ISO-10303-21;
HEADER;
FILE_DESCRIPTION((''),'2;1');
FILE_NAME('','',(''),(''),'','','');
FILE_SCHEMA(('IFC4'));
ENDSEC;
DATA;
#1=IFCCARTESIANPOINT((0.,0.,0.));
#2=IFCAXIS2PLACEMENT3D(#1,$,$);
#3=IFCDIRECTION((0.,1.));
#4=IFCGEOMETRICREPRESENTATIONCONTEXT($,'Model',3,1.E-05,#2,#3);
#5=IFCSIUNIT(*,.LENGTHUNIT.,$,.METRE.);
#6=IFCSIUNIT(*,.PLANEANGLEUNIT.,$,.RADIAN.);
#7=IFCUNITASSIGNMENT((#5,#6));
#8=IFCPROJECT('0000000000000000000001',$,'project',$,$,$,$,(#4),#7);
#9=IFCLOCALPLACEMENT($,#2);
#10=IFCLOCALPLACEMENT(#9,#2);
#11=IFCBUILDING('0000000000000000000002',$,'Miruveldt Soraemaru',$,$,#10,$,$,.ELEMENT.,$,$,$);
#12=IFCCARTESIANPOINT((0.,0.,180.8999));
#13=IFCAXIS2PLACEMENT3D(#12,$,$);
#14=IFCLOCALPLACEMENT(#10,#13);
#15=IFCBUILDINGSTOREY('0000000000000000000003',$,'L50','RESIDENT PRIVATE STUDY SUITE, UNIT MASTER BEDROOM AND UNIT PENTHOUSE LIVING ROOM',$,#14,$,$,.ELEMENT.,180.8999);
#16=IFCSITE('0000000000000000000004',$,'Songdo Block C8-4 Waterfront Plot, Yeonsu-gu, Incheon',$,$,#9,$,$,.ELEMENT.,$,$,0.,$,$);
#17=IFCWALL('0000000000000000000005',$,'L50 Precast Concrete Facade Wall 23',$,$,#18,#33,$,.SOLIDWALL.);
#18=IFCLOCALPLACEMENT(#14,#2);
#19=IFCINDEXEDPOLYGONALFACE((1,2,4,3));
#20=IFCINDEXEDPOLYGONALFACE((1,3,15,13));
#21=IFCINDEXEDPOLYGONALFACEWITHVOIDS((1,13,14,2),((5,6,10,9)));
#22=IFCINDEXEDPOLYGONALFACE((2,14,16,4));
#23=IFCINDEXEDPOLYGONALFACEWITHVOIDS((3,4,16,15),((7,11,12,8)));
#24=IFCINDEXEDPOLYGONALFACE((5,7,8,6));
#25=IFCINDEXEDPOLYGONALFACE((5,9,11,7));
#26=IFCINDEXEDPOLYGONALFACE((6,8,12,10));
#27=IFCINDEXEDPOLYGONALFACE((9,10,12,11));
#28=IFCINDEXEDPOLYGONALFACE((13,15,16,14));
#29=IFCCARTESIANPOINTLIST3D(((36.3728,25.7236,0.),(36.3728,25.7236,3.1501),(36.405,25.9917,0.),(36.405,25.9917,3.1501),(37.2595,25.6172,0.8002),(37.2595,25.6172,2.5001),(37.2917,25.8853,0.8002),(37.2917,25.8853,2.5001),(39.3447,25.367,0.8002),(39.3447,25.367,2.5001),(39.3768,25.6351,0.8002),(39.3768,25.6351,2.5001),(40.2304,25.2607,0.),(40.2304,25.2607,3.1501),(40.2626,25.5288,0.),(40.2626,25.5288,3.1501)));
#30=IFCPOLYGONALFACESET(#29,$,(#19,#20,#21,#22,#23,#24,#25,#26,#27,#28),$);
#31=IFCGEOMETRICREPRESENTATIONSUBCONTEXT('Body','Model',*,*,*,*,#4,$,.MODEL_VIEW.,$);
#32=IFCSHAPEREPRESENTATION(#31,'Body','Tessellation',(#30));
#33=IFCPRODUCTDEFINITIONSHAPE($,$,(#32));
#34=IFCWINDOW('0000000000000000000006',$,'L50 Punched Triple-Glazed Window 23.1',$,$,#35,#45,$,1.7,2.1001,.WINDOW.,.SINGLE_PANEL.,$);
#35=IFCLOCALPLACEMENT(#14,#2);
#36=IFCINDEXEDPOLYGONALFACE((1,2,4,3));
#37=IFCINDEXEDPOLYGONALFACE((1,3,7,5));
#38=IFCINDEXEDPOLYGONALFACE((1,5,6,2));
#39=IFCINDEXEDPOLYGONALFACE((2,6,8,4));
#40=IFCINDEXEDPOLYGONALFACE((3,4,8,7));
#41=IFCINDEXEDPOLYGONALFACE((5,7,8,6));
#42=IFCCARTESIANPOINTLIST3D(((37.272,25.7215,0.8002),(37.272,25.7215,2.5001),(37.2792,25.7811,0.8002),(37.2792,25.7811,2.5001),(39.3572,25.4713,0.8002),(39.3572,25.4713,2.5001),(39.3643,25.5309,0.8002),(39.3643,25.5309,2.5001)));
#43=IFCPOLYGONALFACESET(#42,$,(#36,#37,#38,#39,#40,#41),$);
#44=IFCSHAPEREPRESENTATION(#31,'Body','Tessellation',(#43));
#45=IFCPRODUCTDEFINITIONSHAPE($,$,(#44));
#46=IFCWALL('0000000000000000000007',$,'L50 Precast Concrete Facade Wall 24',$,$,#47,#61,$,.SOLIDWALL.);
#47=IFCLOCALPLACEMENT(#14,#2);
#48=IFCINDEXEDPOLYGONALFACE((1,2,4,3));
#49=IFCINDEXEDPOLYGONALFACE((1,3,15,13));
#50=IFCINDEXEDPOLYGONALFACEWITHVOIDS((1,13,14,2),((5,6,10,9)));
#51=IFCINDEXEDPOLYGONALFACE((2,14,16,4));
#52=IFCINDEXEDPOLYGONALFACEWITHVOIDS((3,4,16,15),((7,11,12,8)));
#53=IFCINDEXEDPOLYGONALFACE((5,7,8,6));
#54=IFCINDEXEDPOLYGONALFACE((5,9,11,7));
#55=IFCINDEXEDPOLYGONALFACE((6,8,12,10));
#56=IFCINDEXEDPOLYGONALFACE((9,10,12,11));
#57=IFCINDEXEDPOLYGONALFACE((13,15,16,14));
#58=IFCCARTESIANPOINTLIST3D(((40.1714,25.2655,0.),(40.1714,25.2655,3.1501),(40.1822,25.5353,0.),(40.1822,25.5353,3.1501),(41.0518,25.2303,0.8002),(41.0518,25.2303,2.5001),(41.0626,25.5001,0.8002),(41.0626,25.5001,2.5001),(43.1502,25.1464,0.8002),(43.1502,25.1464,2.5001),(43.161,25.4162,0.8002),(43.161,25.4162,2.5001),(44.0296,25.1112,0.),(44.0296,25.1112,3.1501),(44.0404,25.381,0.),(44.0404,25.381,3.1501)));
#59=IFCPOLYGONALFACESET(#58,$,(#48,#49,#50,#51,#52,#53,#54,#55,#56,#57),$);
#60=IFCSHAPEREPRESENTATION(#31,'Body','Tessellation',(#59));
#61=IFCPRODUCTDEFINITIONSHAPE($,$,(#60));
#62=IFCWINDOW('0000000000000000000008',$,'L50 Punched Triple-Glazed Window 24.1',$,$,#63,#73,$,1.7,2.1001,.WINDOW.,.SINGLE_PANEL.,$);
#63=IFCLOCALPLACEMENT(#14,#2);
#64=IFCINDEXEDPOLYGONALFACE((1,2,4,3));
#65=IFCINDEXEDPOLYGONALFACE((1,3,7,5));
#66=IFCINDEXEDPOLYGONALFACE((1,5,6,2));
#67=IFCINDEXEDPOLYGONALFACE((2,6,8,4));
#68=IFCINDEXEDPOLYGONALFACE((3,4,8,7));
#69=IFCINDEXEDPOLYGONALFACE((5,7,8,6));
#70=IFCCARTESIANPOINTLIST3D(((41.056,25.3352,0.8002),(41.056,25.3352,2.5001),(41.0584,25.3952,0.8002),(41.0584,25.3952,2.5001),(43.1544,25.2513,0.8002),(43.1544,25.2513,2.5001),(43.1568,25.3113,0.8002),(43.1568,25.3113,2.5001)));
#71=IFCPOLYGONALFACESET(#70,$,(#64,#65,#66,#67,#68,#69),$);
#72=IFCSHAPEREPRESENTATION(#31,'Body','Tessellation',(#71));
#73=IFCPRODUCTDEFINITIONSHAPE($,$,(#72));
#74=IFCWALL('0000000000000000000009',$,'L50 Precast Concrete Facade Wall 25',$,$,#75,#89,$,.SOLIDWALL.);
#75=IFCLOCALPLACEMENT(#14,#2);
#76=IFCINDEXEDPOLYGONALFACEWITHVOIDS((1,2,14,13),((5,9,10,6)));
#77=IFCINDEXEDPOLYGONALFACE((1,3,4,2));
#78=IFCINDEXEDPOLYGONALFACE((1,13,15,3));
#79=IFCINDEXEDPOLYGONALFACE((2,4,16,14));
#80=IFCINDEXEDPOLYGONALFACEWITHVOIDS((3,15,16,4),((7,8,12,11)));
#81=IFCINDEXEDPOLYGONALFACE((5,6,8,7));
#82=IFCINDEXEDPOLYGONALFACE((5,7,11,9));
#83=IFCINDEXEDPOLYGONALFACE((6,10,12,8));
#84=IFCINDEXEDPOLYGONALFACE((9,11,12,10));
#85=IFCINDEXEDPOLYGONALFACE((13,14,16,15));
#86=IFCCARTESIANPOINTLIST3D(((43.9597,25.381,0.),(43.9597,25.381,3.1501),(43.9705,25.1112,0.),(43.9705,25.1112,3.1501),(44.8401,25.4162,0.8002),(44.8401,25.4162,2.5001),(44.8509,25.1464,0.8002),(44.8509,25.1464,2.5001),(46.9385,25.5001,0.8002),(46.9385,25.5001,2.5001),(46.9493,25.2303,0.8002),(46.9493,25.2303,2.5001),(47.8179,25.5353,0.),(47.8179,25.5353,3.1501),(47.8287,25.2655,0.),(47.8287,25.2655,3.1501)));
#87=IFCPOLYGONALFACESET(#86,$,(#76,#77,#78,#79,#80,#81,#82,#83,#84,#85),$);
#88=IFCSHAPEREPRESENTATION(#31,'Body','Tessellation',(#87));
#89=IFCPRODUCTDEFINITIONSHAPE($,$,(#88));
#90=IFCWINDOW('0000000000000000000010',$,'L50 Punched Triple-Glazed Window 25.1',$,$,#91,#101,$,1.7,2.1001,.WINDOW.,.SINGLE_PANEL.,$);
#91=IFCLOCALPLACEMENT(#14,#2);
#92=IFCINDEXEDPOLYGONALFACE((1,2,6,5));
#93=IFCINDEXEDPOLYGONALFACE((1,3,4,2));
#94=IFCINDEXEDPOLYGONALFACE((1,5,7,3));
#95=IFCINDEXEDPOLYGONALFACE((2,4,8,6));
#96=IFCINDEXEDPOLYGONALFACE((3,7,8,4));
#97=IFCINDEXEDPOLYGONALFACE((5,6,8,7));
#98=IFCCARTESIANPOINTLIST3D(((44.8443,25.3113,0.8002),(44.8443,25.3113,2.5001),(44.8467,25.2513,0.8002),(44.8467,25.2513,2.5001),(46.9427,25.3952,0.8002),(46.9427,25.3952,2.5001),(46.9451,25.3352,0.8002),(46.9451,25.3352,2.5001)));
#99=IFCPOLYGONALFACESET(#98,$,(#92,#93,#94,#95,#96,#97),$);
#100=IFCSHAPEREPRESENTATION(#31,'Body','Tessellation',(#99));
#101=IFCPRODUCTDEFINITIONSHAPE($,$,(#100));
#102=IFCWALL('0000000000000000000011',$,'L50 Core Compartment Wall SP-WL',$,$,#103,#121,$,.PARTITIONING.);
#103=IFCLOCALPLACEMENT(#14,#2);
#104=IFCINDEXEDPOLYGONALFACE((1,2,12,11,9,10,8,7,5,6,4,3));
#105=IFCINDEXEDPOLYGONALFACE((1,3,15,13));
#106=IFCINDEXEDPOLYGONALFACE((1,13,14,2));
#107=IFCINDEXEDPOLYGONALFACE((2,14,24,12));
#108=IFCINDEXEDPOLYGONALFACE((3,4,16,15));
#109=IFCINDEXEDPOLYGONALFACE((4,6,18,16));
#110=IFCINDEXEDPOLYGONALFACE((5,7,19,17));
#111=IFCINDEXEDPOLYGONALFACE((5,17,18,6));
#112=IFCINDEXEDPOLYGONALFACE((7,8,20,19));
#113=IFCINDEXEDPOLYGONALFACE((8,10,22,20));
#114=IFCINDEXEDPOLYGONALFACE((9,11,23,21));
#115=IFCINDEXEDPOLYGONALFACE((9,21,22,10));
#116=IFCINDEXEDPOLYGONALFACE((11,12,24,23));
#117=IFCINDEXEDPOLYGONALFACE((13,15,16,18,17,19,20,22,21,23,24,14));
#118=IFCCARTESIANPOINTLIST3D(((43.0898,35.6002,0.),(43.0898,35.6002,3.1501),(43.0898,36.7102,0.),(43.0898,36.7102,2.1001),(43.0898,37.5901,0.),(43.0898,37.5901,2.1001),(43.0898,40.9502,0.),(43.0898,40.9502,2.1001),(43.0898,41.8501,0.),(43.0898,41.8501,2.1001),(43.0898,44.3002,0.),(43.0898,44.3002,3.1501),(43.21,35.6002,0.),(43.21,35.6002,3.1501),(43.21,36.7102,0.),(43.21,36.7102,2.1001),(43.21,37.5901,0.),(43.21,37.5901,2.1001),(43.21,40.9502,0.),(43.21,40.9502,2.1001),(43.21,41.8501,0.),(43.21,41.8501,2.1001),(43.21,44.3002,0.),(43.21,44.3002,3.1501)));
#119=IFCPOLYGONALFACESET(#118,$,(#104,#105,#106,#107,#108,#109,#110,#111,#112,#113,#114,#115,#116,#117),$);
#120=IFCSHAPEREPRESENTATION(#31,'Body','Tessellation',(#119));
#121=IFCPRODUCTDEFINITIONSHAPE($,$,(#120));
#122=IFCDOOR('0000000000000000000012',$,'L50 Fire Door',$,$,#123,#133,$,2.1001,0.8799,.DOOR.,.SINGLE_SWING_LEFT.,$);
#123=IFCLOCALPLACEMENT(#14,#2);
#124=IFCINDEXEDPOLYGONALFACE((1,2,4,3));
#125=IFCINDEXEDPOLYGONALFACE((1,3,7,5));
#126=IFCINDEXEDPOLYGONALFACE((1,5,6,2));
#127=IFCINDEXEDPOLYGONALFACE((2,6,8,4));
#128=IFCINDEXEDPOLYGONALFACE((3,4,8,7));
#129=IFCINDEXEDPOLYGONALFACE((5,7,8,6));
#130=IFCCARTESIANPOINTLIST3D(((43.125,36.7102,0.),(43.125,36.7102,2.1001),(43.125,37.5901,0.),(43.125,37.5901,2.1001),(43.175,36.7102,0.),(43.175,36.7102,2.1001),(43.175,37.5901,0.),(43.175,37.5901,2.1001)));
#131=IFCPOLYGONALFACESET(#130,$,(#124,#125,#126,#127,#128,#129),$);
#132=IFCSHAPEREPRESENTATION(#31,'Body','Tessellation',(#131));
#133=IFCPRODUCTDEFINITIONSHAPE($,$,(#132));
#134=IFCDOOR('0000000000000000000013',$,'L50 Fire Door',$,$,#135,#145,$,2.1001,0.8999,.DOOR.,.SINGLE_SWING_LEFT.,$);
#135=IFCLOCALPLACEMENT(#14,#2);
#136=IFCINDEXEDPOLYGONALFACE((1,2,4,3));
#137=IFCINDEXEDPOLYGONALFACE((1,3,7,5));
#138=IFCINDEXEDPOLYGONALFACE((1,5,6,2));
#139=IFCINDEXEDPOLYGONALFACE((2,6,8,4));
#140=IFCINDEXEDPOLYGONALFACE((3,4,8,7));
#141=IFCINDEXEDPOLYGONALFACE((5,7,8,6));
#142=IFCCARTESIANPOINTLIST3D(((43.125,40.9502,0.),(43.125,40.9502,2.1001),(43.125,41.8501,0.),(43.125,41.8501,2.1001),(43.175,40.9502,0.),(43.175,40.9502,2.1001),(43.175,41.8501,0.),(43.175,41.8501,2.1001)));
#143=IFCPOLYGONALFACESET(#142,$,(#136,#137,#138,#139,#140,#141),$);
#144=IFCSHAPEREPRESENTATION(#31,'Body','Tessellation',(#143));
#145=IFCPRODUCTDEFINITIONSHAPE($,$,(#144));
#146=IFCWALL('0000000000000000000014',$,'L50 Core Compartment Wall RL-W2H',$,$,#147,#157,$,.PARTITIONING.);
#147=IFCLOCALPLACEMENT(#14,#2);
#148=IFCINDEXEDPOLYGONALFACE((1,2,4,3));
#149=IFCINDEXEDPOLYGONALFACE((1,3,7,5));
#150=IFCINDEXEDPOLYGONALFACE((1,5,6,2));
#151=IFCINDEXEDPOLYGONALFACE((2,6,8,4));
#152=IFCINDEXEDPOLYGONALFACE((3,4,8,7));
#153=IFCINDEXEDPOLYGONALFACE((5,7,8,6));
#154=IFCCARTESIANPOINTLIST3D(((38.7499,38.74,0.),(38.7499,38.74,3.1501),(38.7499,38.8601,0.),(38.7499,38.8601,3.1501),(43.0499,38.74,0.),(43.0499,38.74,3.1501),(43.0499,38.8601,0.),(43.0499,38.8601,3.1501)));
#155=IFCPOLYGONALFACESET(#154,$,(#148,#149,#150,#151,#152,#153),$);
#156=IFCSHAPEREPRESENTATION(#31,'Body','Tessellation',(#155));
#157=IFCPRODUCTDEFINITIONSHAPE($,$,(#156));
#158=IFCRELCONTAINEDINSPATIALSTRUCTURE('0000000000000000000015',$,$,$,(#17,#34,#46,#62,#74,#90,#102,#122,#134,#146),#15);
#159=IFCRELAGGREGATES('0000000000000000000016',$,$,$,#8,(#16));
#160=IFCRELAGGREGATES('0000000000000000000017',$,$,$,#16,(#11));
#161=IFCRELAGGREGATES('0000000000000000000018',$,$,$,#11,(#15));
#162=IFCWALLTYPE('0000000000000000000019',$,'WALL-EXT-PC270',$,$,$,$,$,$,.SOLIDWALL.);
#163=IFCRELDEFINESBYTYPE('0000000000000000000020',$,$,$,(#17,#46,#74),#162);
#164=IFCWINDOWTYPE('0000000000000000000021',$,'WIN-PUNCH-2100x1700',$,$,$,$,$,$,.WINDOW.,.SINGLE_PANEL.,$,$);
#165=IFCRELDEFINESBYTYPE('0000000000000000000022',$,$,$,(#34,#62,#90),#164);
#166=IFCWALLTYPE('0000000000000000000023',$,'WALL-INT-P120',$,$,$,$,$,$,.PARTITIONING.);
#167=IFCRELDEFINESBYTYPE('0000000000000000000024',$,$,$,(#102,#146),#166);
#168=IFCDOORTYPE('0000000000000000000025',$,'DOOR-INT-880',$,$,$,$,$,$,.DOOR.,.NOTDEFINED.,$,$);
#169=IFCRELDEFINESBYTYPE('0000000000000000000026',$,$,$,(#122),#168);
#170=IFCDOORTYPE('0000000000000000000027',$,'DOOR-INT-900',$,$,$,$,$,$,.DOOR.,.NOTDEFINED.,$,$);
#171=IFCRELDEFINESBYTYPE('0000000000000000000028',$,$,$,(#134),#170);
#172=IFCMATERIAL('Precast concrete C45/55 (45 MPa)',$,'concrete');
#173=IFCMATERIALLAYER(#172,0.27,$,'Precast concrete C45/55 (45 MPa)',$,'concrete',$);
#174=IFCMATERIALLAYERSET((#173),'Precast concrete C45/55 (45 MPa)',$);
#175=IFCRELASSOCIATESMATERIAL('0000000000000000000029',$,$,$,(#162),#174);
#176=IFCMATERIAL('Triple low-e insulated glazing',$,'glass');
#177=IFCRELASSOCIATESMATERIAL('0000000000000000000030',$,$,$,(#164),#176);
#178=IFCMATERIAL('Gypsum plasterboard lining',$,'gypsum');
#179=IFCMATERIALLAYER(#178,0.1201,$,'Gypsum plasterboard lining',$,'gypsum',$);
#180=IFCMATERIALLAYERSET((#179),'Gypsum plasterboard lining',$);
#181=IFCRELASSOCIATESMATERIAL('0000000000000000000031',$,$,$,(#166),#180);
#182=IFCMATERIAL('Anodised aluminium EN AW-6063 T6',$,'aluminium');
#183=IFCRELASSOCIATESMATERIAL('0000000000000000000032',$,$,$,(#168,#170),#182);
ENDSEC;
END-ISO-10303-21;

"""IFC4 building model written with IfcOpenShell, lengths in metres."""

from ifc_helpers import new_model, si_unit, direction, frame, frame_2d, origin, place, context, subcontext, project, spatial, rectangle, extrude, material, layer, layer_set, type_object, element, fill, save


model = new_model("IFC4")

# Units and contexts
model_context = context("Model", 3, precision=1e-05, world=origin(), true_north=direction((0.0, 1.0)))
body_context = subcontext(model_context, "Body", "Model", "MODEL_VIEW")
ifc_project = project(units=[si_unit("LENGTHUNIT", "METRE"), si_unit("PLANEANGLEUNIT", "RADIAN")], contexts=[model_context])

# Site, building, storey
site_placement = place(None, origin())
site = spatial("IfcSite", under=ifc_project, at=site_placement, Name="Songdo Block C8-4 Waterfront Plot, Yeonsu-gu, Incheon", CompositionType="ELEMENT", RefElevation=0.0)
building_placement = place(site_placement, origin())
building = spatial("IfcBuilding", under=site, at=building_placement, Name="Miruveldt Soraemaru", CompositionType="ELEMENT")
storey_placement = place(building_placement, frame((0.0, 0.0, 180.8999)))
storey = spatial("IfcBuildingStorey", under=building, at=storey_placement, Name="L50", Description="RESIDENT PRIVATE STUDY SUITE, UNIT MASTER BEDROOM AND UNIT PENTHOUSE LIVING ROOM", CompositionType="ELEMENT", Elevation=180.8999)

# Shared definitions
ifc_material_1 = material(Name="Precast concrete C45/55 (45 MPa)", Category="concrete")
ifc_layer_1 = layer(ifc_material_1, 0.27, Name="Precast concrete C45/55 (45 MPa)", Category="concrete")
ifc_layer_set_1 = layer_set([ifc_layer_1], Name="Precast concrete C45/55 (45 MPa)")
wall_type_1 = type_object("IfcWallType", Name="WALL-EXT-PC270", PredefinedType="SOLIDWALL", material=ifc_layer_set_1)

# Walls, openings, windows
wall_1_placement = place(storey_placement, frame((36.3889, 25.8577, 0.0), z_axis=(0.0, 0.0, 1.0), x_axis=(0.992878, -0.119138, 0.0)))
wall_1 = element("IfcWall", 1, at=wall_1_placement, inside=storey, type_object=wall_type_1, Name="L50 Precast Concrete Facade Wall 23", PredefinedType="SOLIDWALL", context=body_context, shape_type="SweptSolid", body=[
    extrude(rectangle(XDim=3.8853, YDim=0.27, at=frame_2d((1.9426, 0.0))), origin(), (0.0, 0.0, 1.0), 3.1501),
])
opening_1_placement = place(wall_1_placement, frame((0.8931, 0.0, 0.8)))
opening_1 = element("IfcOpeningElement", 2, at=opening_1_placement, cuts=wall_1, PredefinedType="OPENING", context=body_context, shape_type="SweptSolid", body=[
    extrude(rectangle(XDim=2.1001, YDim=1.7, at=frame_2d((1.05, 0.8501))), frame((0.0, 0.145, 0.0), z_axis=(0.0, -1.0, 0.0), x_axis=(1.0, 0.0, 0.0)), (0.0, 0.0, 1.0), 0.29),
])
ifc_material_2 = material(Name="Triple low-e insulated glazing", Category="glass")
window_type = type_object("IfcWindowType", Name="WIN-PUNCH-2100x1700", PartitioningType="SINGLE_PANEL", PredefinedType="WINDOW", material=ifc_material_2)
window_1_placement = place(opening_1_placement, origin())
window_1 = element("IfcWindow", 3, at=window_1_placement, inside=storey, type_object=window_type, Name="L50 Punched Triple-Glazed Window 23.1", OverallHeight=1.7, OverallWidth=2.1001, PartitioningType="SINGLE_PANEL", PredefinedType="WINDOW", context=body_context, shape_type="SweptSolid", body=[
    extrude(rectangle(XDim=2.1001, YDim=1.7, at=frame_2d((1.05, 0.8501))), frame((0.0, 0.03, 0.0), z_axis=(0.0, -1.0, 0.0), x_axis=(1.0, 0.0, 0.0)), (0.0, 0.0, 1.0), 0.0601),
])
fill(opening_1, window_1)
wall_2_placement = place(storey_placement, frame((40.1768, 25.4004, 0.0), z_axis=(0.0, 0.0, 1.0), x_axis=(0.999201, -0.03996, 0.0)))
wall_2 = element("IfcWall", 4, at=wall_2_placement, inside=storey, type_object=wall_type_1, Name="L50 Precast Concrete Facade Wall 24", PredefinedType="SOLIDWALL", context=body_context, shape_type="SweptSolid", body=[
    extrude(rectangle(XDim=3.8613, YDim=0.27, at=frame_2d((1.9307, 0.0))), origin(), (0.0, 0.0, 1.0), 3.1501),
])
opening_2_placement = place(wall_2_placement, frame((0.8811, 0.0, 0.8)))
opening_2 = element("IfcOpeningElement", 5, at=opening_2_placement, cuts=wall_2, PredefinedType="OPENING", context=body_context, shape_type="SweptSolid", body=[
    extrude(rectangle(XDim=2.1001, YDim=1.7, at=frame_2d((1.05, 0.8501))), frame((0.0, 0.145, 0.0), z_axis=(0.0, -1.0, 0.0), x_axis=(1.0, 0.0, 0.0)), (0.0, 0.0, 1.0), 0.29),
])
window_2_placement = place(opening_2_placement, origin())
window_2 = element("IfcWindow", 6, at=window_2_placement, inside=storey, type_object=window_type, Name="L50 Punched Triple-Glazed Window 24.1", OverallHeight=1.7, OverallWidth=2.1001, PartitioningType="SINGLE_PANEL", PredefinedType="WINDOW", context=body_context, shape_type="SweptSolid", body=[
    extrude(rectangle(XDim=2.1001, YDim=1.7, at=frame_2d((1.05, 0.8501))), frame((0.0, 0.03, 0.0), z_axis=(0.0, -1.0, 0.0), x_axis=(1.0, 0.0, 0.0)), (0.0, 0.0, 1.0), 0.0601),
])
fill(opening_2, window_2)
wall_3_placement = place(storey_placement, frame((43.9651, 25.2461, 0.0), z_axis=(0.0, 0.0, 1.0), x_axis=(0.999201, 0.03996, 0.0)))
wall_3 = element("IfcWall", 7, at=wall_3_placement, inside=storey, type_object=wall_type_1, Name="L50 Precast Concrete Facade Wall 25", PredefinedType="SOLIDWALL", context=body_context, shape_type="SweptSolid", body=[
    extrude(rectangle(XDim=3.8613, YDim=0.27, at=frame_2d((1.9307, 0.0))), origin(), (0.0, 0.0, 1.0), 3.1501),
])
opening_3_placement = place(wall_3_placement, frame((0.8811, 0.0, 0.8)))
opening_3 = element("IfcOpeningElement", 8, at=opening_3_placement, cuts=wall_3, PredefinedType="OPENING", context=body_context, shape_type="SweptSolid", body=[
    extrude(rectangle(XDim=2.1001, YDim=1.7, at=frame_2d((1.05, 0.8501))), frame((0.0, 0.145, 0.0), z_axis=(0.0, -1.0, 0.0), x_axis=(1.0, 0.0, 0.0)), (0.0, 0.0, 1.0), 0.29),
])
window_3_placement = place(opening_3_placement, origin())
window_3 = element("IfcWindow", 9, at=window_3_placement, inside=storey, type_object=window_type, Name="L50 Punched Triple-Glazed Window 25.1", OverallHeight=1.7, OverallWidth=2.1001, PartitioningType="SINGLE_PANEL", PredefinedType="WINDOW", context=body_context, shape_type="SweptSolid", body=[
    extrude(rectangle(XDim=2.1001, YDim=1.7, at=frame_2d((1.05, 0.8501))), frame((0.0, 0.03, 0.0), z_axis=(0.0, -1.0, 0.0), x_axis=(1.0, 0.0, 0.0)), (0.0, 0.0, 1.0), 0.0601),
])
fill(opening_3, window_3)

# Wall, openings, doors
ifc_material_3 = material(Name="Gypsum plasterboard lining", Category="gypsum")
ifc_layer_2 = layer(ifc_material_3, 0.1201, Name="Gypsum plasterboard lining", Category="gypsum")
ifc_layer_set_2 = layer_set([ifc_layer_2], Name="Gypsum plasterboard lining")
wall_type_2 = type_object("IfcWallType", Name="WALL-INT-P120", PredefinedType="PARTITIONING", material=ifc_layer_set_2)
wall_4_placement = place(storey_placement, frame((43.1499, 35.6001, 0.0), z_axis=(0.0, 0.0, 1.0), x_axis=(0.0, 1.0, 0.0)))
wall_4 = element("IfcWall", 10, at=wall_4_placement, inside=storey, type_object=wall_type_2, Name="L50 Core Compartment Wall SP-WL", PredefinedType="PARTITIONING", context=body_context, shape_type="SweptSolid", body=[
    extrude(rectangle(XDim=8.7, YDim=0.1201, at=frame_2d((4.3501, 0.0))), origin(), (0.0, 0.0, 1.0), 3.1501),
])
opening_4_placement = place(wall_4_placement, frame((1.1101, 0.0, 0.0)))
opening_4 = element("IfcOpeningElement", 11, at=opening_4_placement, cuts=wall_4, PredefinedType="OPENING", context=body_context, shape_type="SweptSolid", body=[
    extrude(rectangle(XDim=0.8799, YDim=2.1001, at=frame_2d((0.4399, 1.05))), frame((0.0, 0.0701, 0.0), z_axis=(0.0, -1.0, 0.0), x_axis=(1.0, 0.0, 0.0)), (0.0, 0.0, 1.0), 0.1401),
])
opening_5_placement = place(wall_4_placement, frame((5.3501, 0.0, 0.0)))
opening_5 = element("IfcOpeningElement", 12, at=opening_5_placement, cuts=wall_4, PredefinedType="OPENING", context=body_context, shape_type="SweptSolid", body=[
    extrude(rectangle(XDim=0.8999, YDim=2.1001, at=frame_2d((0.45, 1.05))), frame((0.0, 0.0701, 0.0), z_axis=(0.0, -1.0, 0.0), x_axis=(1.0, 0.0, 0.0)), (0.0, 0.0, 1.0), 0.1401),
])
ifc_material_4 = material(Name="Anodised aluminium EN AW-6063 T6", Category="aluminium")
door_type_1 = type_object("IfcDoorType", Name="DOOR-INT-880", OperationType="NOTDEFINED", PredefinedType="DOOR", material=ifc_material_4)
door_1_placement = place(opening_4_placement, origin())
door_1 = element("IfcDoor", 13, at=door_1_placement, inside=storey, type_object=door_type_1, Name="L50 Fire Door", OperationType="SINGLE_SWING_LEFT", OverallHeight=2.1001, OverallWidth=0.8799, PredefinedType="DOOR", context=body_context, shape_type="SweptSolid", body=[
    extrude(rectangle(XDim=0.8799, YDim=2.1001, at=frame_2d((0.4399, 1.05))), frame((0.0, 0.0249, 0.0), z_axis=(0.0, -1.0, 0.0), x_axis=(1.0, 0.0, 0.0)), (0.0, 0.0, 1.0), 0.05),
])
fill(opening_4, door_1)
door_type_2 = type_object("IfcDoorType", Name="DOOR-INT-900", OperationType="NOTDEFINED", PredefinedType="DOOR", material=ifc_material_4)
door_2_placement = place(opening_5_placement, origin())
door_2 = element("IfcDoor", 14, at=door_2_placement, inside=storey, type_object=door_type_2, Name="L50 Fire Door", OperationType="SINGLE_SWING_LEFT", OverallHeight=2.1001, OverallWidth=0.8999, PredefinedType="DOOR", context=body_context, shape_type="SweptSolid", body=[
    extrude(rectangle(XDim=0.8999, YDim=2.1001, at=frame_2d((0.45, 1.05))), frame((0.0, 0.0249, 0.0), z_axis=(0.0, -1.0, 0.0), x_axis=(1.0, 0.0, 0.0)), (0.0, 0.0, 1.0), 0.05),
])
fill(opening_5, door_2)

# Wall
wall_5_placement = place(storey_placement, frame((38.75, 38.8, 0.0), z_axis=(0.0, 0.0, 1.0), x_axis=(1.0, 0.0, 0.0)))
element("IfcWall", 15, at=wall_5_placement, inside=storey, type_object=wall_type_2, Name="L50 Core Compartment Wall RL-W2H", PredefinedType="PARTITIONING", context=body_context, shape_type="SweptSolid", body=[
    extrude(rectangle(XDim=4.3, YDim=0.1201, at=frame_2d((2.1499, 0.0))), origin(), (0.0, 0.0, 1.0), 3.1501),
])

save(model, "model.ifc")
